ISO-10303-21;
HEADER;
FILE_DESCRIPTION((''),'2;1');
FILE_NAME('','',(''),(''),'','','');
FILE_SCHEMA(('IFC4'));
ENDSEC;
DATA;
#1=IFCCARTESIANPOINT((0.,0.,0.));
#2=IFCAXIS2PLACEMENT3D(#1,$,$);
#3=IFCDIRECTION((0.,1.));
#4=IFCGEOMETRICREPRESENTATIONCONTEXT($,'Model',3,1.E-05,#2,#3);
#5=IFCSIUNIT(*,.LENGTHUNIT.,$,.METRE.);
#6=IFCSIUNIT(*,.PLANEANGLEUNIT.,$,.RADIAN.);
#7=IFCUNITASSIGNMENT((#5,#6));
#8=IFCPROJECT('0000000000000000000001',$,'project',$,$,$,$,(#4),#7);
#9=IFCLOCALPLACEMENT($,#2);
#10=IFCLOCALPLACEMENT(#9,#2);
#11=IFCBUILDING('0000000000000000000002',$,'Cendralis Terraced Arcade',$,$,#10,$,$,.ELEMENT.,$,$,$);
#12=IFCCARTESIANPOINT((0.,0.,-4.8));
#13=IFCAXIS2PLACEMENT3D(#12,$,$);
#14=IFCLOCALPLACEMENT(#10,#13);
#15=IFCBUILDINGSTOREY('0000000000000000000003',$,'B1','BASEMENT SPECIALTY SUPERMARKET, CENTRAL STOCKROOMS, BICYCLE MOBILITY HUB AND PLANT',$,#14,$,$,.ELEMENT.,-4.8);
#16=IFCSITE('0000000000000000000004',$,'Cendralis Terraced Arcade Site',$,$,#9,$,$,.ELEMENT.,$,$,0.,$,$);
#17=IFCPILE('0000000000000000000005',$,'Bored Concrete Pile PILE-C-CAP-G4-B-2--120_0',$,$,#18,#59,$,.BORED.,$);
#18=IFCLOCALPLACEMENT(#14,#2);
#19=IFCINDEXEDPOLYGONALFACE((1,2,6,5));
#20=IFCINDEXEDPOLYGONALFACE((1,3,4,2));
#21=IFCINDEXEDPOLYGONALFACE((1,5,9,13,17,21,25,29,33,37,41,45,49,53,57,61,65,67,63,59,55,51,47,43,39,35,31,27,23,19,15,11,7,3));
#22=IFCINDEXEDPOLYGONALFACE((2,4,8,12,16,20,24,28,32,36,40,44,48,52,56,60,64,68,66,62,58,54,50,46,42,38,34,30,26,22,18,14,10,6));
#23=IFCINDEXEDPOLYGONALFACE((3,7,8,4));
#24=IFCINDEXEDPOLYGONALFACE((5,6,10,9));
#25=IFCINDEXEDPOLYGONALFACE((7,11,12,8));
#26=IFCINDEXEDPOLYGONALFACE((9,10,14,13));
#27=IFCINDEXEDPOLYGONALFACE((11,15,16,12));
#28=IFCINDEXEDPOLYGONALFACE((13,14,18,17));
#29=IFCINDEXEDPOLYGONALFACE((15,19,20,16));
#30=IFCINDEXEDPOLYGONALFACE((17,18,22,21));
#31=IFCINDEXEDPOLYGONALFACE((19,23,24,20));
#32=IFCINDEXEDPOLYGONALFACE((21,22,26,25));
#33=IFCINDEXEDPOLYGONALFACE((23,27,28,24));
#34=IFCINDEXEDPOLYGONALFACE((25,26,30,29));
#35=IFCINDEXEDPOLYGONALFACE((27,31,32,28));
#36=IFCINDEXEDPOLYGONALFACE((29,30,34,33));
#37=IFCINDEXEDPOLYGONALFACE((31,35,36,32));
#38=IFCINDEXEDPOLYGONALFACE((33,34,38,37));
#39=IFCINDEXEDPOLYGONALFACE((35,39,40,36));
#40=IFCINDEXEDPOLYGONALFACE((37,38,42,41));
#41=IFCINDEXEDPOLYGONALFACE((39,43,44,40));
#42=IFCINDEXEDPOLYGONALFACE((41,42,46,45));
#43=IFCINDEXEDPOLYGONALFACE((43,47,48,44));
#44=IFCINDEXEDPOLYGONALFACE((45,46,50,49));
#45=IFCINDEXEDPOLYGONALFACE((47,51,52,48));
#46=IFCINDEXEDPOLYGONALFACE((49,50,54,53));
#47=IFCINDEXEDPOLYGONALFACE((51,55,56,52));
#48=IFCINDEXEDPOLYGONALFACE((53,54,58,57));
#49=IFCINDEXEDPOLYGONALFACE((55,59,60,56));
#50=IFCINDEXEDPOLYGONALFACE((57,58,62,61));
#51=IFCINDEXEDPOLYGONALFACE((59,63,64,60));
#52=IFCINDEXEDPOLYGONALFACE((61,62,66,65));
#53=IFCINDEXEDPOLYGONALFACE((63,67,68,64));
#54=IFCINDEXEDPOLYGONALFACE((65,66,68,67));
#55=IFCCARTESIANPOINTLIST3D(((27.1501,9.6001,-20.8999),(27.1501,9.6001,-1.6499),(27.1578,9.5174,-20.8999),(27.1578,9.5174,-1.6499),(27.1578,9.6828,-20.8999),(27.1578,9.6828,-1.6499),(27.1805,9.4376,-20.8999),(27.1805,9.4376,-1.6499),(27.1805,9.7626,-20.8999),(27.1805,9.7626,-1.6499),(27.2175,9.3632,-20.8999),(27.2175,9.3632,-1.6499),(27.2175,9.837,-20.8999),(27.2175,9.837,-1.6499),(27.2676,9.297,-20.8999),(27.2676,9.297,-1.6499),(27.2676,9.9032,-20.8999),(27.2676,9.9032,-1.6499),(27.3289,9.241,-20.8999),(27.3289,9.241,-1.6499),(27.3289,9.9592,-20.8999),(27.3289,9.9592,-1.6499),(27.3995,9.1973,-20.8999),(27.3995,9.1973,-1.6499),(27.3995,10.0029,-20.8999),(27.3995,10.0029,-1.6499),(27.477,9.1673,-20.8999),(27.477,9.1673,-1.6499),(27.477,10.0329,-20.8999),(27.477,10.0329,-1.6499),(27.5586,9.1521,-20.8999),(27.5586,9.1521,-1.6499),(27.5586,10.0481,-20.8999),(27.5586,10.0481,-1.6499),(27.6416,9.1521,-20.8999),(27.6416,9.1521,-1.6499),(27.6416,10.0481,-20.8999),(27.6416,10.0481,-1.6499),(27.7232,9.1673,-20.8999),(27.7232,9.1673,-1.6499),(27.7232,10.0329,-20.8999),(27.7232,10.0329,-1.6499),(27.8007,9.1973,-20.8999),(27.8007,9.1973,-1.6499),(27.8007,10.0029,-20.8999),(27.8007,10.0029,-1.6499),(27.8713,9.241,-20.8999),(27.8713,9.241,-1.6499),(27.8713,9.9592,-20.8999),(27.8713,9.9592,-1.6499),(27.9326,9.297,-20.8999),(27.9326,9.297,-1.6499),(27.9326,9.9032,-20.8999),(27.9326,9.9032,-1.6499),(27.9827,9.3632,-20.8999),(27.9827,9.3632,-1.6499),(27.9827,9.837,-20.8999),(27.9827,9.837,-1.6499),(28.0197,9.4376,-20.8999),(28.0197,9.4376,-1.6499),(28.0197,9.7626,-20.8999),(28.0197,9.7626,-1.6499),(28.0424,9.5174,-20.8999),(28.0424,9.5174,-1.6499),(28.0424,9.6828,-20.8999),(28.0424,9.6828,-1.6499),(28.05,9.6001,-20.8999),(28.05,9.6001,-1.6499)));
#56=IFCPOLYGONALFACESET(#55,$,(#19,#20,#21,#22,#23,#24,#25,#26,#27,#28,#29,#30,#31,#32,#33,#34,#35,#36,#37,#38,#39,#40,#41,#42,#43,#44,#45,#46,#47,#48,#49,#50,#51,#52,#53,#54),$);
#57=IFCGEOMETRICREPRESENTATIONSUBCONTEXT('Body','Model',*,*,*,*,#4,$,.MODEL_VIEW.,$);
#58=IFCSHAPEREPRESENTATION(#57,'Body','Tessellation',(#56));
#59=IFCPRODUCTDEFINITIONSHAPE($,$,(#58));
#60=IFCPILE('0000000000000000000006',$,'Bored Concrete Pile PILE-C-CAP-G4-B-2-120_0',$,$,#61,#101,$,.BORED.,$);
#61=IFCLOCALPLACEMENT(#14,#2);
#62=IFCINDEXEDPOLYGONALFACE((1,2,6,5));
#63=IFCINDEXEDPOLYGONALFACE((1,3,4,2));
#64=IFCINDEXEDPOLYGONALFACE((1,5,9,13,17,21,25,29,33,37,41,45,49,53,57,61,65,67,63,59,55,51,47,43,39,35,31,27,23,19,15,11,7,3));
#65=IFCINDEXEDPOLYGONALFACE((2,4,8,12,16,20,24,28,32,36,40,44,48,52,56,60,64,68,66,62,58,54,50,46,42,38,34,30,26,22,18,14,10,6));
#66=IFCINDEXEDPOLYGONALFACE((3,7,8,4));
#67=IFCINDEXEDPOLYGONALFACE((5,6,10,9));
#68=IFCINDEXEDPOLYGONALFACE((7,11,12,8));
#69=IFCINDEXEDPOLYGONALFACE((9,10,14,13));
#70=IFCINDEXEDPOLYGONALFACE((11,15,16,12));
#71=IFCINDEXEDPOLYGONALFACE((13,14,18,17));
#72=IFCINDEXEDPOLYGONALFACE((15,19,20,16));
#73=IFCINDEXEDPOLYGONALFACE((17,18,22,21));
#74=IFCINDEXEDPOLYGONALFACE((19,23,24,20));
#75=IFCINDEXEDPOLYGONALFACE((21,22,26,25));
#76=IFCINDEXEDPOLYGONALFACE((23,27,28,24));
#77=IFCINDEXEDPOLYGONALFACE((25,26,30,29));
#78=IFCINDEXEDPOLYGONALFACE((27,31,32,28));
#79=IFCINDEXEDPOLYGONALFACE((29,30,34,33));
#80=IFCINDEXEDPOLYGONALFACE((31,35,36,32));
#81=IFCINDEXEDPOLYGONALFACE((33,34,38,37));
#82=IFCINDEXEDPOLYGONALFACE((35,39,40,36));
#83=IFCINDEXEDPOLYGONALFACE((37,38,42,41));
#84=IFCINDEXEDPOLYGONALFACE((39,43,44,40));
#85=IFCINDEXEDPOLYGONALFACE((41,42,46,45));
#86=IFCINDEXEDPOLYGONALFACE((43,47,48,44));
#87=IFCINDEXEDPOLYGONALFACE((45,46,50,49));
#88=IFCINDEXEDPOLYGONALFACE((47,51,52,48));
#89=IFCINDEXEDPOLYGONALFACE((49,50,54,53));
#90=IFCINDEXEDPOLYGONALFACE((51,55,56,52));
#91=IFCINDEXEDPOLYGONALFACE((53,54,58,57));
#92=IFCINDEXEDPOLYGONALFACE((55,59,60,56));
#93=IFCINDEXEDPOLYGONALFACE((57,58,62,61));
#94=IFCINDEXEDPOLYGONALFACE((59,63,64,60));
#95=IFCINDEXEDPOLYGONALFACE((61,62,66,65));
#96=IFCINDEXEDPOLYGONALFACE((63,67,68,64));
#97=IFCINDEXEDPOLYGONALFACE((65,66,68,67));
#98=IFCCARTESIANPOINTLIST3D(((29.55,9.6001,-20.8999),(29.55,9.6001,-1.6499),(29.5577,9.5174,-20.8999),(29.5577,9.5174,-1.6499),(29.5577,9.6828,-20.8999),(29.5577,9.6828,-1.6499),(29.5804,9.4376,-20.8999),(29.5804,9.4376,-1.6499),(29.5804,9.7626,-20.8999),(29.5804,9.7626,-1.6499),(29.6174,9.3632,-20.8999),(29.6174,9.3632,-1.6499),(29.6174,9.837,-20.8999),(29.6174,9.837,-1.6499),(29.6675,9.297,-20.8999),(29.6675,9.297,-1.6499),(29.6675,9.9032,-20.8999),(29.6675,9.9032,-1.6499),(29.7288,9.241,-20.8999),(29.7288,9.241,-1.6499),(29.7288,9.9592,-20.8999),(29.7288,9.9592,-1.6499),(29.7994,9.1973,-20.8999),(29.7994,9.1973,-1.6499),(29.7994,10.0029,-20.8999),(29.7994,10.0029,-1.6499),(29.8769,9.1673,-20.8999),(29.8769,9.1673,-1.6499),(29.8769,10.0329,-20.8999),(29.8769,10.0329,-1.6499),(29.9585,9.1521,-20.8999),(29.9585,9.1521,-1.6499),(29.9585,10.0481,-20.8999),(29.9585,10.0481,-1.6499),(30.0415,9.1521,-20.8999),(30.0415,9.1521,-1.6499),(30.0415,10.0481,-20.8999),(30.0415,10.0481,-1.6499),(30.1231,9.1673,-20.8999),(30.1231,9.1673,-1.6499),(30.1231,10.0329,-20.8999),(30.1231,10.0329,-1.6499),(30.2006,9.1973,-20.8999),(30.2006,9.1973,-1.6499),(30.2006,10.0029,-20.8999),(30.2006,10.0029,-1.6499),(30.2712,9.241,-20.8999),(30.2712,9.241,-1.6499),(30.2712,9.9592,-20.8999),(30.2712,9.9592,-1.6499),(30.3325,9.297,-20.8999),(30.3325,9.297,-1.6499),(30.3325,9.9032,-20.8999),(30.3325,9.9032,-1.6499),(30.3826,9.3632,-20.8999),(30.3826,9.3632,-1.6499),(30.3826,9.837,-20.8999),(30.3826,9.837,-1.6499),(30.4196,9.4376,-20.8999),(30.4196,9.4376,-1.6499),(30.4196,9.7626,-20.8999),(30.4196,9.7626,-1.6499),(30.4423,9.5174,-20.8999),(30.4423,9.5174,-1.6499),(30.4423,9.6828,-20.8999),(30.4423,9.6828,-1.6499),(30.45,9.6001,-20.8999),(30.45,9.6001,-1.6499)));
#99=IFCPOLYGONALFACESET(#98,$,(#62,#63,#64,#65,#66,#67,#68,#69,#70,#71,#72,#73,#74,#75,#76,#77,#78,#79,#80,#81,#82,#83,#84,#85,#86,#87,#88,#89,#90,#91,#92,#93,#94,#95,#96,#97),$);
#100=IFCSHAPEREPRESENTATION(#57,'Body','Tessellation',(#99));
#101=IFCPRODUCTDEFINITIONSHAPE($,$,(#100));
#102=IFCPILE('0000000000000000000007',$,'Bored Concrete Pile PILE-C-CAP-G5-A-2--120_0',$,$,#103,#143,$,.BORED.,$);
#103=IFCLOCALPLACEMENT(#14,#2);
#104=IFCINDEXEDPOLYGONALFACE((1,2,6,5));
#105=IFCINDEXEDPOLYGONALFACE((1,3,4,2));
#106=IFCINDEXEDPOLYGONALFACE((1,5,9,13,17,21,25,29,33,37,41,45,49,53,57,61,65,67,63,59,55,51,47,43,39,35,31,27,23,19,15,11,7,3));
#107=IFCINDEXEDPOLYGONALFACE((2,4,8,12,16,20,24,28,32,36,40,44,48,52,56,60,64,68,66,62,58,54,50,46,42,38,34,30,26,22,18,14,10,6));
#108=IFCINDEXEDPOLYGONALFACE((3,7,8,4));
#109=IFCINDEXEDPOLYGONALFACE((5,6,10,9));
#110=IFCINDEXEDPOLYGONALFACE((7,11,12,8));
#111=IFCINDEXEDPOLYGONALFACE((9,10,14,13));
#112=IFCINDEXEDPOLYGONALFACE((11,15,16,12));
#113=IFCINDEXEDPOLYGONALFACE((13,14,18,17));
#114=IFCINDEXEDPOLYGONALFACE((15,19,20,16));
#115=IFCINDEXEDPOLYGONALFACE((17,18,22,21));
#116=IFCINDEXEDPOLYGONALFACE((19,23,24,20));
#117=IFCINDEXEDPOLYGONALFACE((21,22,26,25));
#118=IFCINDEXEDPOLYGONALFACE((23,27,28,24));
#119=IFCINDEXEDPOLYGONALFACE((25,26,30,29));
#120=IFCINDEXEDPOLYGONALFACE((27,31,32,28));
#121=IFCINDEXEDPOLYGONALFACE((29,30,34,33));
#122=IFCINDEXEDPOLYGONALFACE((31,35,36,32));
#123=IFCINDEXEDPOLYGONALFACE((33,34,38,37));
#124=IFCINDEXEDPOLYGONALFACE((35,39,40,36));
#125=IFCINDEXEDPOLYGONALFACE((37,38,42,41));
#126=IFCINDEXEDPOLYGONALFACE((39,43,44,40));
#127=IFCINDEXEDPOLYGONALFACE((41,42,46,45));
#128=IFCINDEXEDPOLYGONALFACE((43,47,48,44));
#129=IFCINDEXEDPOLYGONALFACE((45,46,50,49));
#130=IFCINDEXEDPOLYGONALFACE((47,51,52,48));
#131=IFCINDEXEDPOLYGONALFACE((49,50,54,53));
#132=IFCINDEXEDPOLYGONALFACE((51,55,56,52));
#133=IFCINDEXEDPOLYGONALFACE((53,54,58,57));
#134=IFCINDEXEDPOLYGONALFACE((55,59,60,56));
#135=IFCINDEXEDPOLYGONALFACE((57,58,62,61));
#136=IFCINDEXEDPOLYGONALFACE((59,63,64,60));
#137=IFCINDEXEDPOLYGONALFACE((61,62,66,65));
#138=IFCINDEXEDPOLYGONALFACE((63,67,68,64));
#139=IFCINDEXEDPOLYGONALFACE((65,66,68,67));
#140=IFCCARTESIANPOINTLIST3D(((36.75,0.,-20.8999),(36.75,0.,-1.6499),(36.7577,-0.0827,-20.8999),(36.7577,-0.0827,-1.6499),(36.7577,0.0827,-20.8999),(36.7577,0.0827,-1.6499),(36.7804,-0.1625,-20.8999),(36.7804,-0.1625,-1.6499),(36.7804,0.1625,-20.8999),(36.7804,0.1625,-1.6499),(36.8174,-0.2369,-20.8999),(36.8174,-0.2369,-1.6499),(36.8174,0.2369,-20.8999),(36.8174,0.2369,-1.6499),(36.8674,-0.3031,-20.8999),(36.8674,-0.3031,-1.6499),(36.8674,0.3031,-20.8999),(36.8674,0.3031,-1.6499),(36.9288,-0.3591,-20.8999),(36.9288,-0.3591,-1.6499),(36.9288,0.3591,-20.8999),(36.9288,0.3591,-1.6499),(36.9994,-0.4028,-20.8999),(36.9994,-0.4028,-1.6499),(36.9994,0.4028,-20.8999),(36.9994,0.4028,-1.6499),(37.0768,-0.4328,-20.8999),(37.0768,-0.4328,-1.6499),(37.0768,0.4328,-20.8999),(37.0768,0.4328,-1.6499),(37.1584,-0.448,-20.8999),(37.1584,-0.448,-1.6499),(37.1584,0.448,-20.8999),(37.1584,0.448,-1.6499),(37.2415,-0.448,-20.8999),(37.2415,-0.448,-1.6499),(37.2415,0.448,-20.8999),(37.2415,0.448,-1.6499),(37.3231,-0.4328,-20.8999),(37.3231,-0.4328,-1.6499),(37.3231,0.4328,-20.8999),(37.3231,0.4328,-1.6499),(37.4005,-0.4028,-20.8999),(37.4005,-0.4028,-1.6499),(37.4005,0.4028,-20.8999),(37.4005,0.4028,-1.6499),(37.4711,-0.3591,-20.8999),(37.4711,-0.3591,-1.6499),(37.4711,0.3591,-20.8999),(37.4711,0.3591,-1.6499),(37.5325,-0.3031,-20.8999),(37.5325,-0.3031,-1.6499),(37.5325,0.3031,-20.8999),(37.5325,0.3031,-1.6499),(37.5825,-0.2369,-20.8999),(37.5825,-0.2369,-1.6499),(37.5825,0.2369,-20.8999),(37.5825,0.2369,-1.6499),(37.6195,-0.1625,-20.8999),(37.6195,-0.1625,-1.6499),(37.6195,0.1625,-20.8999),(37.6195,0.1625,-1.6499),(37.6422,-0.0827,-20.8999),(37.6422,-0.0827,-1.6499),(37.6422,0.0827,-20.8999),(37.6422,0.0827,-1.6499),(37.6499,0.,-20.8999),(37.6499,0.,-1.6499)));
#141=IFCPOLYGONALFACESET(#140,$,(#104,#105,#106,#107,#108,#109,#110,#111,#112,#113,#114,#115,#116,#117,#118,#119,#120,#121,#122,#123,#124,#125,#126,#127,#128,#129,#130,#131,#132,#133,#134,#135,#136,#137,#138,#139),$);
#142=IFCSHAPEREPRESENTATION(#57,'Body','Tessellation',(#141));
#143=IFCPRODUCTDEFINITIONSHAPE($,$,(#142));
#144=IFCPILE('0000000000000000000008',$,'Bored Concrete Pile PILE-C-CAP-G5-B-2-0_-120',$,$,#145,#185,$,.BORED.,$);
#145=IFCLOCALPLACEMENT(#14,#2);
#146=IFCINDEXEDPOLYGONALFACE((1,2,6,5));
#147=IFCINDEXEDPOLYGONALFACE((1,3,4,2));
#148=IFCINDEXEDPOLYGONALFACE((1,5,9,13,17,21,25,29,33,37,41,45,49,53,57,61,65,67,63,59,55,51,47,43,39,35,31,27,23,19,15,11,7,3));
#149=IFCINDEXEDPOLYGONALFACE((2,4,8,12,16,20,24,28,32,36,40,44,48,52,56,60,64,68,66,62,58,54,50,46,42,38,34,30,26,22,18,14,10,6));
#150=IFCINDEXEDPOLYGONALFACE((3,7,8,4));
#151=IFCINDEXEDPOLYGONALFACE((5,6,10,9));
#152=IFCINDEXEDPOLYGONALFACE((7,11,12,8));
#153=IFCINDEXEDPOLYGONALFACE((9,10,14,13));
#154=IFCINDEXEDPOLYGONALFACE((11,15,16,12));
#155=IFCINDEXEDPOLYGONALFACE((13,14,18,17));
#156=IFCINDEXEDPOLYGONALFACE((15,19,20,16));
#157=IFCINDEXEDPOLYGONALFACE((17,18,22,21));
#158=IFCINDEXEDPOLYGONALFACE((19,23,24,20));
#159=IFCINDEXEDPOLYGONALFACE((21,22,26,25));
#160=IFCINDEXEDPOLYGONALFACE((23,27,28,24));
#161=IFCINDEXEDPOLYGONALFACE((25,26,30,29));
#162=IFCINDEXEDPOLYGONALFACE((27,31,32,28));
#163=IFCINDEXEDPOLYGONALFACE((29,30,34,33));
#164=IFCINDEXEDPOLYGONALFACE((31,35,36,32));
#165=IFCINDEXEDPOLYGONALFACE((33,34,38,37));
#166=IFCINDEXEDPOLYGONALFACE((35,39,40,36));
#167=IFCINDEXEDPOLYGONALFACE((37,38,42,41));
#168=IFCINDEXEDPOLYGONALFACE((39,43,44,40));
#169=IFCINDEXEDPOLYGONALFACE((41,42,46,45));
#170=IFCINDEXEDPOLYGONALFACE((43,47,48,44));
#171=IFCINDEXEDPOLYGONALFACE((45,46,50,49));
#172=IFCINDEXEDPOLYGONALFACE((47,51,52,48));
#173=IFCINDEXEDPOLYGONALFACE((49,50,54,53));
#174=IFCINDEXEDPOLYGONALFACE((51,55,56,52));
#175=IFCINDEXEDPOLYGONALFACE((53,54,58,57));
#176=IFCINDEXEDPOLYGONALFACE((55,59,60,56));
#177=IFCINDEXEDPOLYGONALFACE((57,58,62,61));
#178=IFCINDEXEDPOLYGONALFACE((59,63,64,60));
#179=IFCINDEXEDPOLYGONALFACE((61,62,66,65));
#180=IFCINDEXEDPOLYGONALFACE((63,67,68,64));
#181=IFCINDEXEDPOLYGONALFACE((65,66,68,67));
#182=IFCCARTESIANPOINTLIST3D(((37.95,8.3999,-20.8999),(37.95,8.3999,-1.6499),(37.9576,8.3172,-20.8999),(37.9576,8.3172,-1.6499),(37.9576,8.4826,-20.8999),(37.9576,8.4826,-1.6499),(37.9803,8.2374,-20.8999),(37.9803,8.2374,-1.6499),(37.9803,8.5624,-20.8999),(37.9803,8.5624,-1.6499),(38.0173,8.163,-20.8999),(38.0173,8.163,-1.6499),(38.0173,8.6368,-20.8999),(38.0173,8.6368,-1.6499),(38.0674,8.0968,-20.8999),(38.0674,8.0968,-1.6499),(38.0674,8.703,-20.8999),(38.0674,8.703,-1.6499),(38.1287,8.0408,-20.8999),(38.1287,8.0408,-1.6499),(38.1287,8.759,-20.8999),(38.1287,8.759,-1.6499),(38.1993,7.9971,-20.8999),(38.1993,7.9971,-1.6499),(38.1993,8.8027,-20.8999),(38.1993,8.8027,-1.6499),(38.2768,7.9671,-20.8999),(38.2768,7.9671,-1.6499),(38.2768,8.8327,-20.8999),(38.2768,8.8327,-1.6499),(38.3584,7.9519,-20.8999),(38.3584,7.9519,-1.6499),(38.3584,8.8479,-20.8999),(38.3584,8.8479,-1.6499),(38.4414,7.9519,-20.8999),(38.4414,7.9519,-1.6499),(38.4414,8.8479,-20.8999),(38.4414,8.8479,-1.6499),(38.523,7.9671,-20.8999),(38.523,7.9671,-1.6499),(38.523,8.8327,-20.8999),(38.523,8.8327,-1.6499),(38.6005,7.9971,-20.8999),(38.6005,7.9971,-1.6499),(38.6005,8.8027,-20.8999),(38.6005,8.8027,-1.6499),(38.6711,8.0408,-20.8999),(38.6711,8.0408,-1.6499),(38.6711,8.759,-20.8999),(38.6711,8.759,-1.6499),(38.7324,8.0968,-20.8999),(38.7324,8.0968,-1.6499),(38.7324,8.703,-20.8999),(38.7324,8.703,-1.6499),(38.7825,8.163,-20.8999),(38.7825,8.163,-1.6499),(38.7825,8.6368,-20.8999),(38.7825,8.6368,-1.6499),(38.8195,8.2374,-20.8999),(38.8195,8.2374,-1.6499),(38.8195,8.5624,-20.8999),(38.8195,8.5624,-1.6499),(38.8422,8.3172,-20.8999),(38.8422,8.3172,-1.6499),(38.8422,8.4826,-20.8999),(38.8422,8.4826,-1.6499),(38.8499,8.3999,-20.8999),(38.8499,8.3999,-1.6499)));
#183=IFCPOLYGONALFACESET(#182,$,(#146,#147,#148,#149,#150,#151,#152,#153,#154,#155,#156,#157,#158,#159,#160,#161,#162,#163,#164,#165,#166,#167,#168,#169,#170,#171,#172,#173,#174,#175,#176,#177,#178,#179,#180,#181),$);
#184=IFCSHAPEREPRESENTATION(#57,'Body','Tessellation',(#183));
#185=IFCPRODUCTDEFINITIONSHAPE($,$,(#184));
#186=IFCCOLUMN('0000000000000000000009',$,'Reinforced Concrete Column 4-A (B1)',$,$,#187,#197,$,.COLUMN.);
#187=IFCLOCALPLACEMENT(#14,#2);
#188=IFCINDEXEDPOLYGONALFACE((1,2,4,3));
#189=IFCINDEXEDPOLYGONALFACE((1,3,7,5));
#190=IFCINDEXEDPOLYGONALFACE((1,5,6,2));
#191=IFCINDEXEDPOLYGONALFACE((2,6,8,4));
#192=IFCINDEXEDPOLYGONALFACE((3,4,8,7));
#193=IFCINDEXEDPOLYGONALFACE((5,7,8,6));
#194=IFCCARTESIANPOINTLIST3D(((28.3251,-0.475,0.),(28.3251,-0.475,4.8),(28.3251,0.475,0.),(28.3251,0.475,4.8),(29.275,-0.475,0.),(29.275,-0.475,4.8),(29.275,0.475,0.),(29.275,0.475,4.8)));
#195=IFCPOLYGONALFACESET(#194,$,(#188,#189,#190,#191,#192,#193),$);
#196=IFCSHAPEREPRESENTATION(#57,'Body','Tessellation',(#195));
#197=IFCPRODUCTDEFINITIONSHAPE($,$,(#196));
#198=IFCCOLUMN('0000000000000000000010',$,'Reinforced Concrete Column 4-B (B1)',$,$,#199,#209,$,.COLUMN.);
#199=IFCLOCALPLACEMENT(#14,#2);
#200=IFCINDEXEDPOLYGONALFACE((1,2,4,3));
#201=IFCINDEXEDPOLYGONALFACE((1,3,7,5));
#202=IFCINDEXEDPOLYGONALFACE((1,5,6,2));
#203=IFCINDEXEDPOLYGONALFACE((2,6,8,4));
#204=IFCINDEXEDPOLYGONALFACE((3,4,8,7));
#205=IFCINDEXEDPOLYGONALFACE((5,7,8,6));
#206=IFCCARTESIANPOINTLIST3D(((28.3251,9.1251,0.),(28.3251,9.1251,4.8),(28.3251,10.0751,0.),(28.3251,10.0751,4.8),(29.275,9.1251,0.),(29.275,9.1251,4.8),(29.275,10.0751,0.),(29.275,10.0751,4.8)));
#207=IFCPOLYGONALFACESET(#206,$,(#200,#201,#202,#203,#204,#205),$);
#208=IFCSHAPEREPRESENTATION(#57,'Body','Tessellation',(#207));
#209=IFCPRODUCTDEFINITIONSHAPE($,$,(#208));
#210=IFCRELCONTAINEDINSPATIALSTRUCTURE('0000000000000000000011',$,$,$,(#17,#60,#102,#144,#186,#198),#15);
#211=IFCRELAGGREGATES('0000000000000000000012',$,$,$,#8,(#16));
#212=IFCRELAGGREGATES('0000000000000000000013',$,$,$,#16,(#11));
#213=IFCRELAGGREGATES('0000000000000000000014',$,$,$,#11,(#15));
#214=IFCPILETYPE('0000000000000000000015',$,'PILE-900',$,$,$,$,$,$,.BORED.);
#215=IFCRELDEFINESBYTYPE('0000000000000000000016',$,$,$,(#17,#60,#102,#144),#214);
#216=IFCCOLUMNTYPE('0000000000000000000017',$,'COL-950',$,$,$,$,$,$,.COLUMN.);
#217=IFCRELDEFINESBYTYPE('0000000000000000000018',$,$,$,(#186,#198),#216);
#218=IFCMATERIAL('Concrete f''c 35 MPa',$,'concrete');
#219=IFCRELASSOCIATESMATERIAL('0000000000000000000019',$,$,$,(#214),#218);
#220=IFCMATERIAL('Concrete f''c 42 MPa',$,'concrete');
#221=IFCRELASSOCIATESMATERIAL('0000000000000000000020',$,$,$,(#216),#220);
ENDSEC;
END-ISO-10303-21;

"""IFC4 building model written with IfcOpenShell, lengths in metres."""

from ifc_helpers import new_model, si_unit, direction, frame, origin, origin_2d, place, context, subcontext, project, spatial, rectangle, circle, extrude, material, material_profile, profile_set, type_object, element, save


model = new_model("IFC4")

# Units and contexts
model_context = context("Model", 3, precision=1e-05, world=origin(), true_north=direction((0.0, 1.0)))
body_context = subcontext(model_context, "Body", "Model", "MODEL_VIEW")
ifc_project = project(units=[si_unit("LENGTHUNIT", "METRE"), si_unit("PLANEANGLEUNIT", "RADIAN")], contexts=[model_context])

# Site, building, storey
site_placement = place(None, origin())
site = spatial("IfcSite", under=ifc_project, at=site_placement, Name="Cendralis Terraced Arcade Site", CompositionType="ELEMENT", RefElevation=0.0)
building_placement = place(site_placement, origin())
building = spatial("IfcBuilding", under=site, at=building_placement, Name="Cendralis Terraced Arcade", CompositionType="ELEMENT")
storey_placement = place(building_placement, frame((0.0, 0.0, -4.8)))
storey = spatial("IfcBuildingStorey", under=building, at=storey_placement, Name="B1", Description="BASEMENT SPECIALTY SUPERMARKET, CENTRAL STOCKROOMS, BICYCLE MOBILITY HUB AND PLANT", CompositionType="ELEMENT", Elevation=-4.8)

# Shared definitions
ifc_material_1 = material(Name="Concrete f'c 35 MPa", Category="concrete")

# Piles
ifc_material_profile_1 = material_profile(ifc_material_1, circle(Radius=0.45, at=origin_2d()), Name="PILE-D900", Category="LoadBearing")
ifc_profile_set_1 = profile_set([ifc_material_profile_1], Name="Concrete f'c 35 MPa")
pile_type = type_object("IfcPileType", Name="PILE-900", PredefinedType="BORED", material=ifc_profile_set_1)
for number, where, z_axis, x_axis, name in (
    (1, (27.6001, 9.6001, -1.6499), (0.0, 0.0, -1.0), (1.0, 0.0, 0.0), "Bored Concrete Pile PILE-C-CAP-G4-B-2--120_0"),
    (2, (30.0, 9.6001, -1.6499), (0.0, 0.0, -1.0), (1.0, 0.0, 0.0), "Bored Concrete Pile PILE-C-CAP-G4-B-2-120_0"),
    (3, (37.2, 0.0, -1.6499), (0.0, 0.0, -1.0), (1.0, 0.0, 0.0), "Bored Concrete Pile PILE-C-CAP-G5-A-2--120_0"),
    (4, (38.3999, 8.3999, -1.6499), (0.0, 0.0, -1.0), (1.0, 0.0, 0.0), "Bored Concrete Pile PILE-C-CAP-G5-B-2-0_-120"),
):
    element("IfcPile", number, at=place(storey_placement, frame(where, z_axis=z_axis, x_axis=x_axis)), inside=storey, type_object=pile_type, Name=name, PredefinedType="BORED", context=body_context, shape_type="SweptSolid", body=[
        extrude(circle(Radius=0.45, at=origin_2d()), origin(), (0.0, 0.0, 1.0), 19.25),
    ])

# Columns
ifc_material_2 = material(Name="Concrete f'c 42 MPa", Category="concrete")
ifc_material_profile_2 = material_profile(ifc_material_2, rectangle(XDim=0.95, YDim=0.95, at=origin_2d()), Name="RC-COL-950x950", Category="LoadBearing")
ifc_profile_set_2 = profile_set([ifc_material_profile_2], Name="Concrete f'c 42 MPa")
column_type = type_object("IfcColumnType", Name="COL-950", PredefinedType="COLUMN", material=ifc_profile_set_2)
for number, where, z_axis, x_axis, name in (
    (5, (28.8, 0.0, 0.0), (0.0, 0.0, 1.0), (1.0, 0.0, 0.0), "Reinforced Concrete Column 4-A (B1)"),
    (6, (28.8, 9.6001, 0.0), (0.0, 0.0, 1.0), (1.0, 0.0, 0.0), "Reinforced Concrete Column 4-B (B1)"),
):
    element("IfcColumn", number, at=place(storey_placement, frame(where, z_axis=z_axis, x_axis=x_axis)), inside=storey, type_object=column_type, Name=name, PredefinedType="COLUMN", context=body_context, shape_type="SweptSolid", body=[
        extrude(rectangle(XDim=0.95, YDim=0.95, at=origin_2d()), origin(), (0.0, 0.0, 1.0), 4.8),
    ])

save(model, "model.ifc")
